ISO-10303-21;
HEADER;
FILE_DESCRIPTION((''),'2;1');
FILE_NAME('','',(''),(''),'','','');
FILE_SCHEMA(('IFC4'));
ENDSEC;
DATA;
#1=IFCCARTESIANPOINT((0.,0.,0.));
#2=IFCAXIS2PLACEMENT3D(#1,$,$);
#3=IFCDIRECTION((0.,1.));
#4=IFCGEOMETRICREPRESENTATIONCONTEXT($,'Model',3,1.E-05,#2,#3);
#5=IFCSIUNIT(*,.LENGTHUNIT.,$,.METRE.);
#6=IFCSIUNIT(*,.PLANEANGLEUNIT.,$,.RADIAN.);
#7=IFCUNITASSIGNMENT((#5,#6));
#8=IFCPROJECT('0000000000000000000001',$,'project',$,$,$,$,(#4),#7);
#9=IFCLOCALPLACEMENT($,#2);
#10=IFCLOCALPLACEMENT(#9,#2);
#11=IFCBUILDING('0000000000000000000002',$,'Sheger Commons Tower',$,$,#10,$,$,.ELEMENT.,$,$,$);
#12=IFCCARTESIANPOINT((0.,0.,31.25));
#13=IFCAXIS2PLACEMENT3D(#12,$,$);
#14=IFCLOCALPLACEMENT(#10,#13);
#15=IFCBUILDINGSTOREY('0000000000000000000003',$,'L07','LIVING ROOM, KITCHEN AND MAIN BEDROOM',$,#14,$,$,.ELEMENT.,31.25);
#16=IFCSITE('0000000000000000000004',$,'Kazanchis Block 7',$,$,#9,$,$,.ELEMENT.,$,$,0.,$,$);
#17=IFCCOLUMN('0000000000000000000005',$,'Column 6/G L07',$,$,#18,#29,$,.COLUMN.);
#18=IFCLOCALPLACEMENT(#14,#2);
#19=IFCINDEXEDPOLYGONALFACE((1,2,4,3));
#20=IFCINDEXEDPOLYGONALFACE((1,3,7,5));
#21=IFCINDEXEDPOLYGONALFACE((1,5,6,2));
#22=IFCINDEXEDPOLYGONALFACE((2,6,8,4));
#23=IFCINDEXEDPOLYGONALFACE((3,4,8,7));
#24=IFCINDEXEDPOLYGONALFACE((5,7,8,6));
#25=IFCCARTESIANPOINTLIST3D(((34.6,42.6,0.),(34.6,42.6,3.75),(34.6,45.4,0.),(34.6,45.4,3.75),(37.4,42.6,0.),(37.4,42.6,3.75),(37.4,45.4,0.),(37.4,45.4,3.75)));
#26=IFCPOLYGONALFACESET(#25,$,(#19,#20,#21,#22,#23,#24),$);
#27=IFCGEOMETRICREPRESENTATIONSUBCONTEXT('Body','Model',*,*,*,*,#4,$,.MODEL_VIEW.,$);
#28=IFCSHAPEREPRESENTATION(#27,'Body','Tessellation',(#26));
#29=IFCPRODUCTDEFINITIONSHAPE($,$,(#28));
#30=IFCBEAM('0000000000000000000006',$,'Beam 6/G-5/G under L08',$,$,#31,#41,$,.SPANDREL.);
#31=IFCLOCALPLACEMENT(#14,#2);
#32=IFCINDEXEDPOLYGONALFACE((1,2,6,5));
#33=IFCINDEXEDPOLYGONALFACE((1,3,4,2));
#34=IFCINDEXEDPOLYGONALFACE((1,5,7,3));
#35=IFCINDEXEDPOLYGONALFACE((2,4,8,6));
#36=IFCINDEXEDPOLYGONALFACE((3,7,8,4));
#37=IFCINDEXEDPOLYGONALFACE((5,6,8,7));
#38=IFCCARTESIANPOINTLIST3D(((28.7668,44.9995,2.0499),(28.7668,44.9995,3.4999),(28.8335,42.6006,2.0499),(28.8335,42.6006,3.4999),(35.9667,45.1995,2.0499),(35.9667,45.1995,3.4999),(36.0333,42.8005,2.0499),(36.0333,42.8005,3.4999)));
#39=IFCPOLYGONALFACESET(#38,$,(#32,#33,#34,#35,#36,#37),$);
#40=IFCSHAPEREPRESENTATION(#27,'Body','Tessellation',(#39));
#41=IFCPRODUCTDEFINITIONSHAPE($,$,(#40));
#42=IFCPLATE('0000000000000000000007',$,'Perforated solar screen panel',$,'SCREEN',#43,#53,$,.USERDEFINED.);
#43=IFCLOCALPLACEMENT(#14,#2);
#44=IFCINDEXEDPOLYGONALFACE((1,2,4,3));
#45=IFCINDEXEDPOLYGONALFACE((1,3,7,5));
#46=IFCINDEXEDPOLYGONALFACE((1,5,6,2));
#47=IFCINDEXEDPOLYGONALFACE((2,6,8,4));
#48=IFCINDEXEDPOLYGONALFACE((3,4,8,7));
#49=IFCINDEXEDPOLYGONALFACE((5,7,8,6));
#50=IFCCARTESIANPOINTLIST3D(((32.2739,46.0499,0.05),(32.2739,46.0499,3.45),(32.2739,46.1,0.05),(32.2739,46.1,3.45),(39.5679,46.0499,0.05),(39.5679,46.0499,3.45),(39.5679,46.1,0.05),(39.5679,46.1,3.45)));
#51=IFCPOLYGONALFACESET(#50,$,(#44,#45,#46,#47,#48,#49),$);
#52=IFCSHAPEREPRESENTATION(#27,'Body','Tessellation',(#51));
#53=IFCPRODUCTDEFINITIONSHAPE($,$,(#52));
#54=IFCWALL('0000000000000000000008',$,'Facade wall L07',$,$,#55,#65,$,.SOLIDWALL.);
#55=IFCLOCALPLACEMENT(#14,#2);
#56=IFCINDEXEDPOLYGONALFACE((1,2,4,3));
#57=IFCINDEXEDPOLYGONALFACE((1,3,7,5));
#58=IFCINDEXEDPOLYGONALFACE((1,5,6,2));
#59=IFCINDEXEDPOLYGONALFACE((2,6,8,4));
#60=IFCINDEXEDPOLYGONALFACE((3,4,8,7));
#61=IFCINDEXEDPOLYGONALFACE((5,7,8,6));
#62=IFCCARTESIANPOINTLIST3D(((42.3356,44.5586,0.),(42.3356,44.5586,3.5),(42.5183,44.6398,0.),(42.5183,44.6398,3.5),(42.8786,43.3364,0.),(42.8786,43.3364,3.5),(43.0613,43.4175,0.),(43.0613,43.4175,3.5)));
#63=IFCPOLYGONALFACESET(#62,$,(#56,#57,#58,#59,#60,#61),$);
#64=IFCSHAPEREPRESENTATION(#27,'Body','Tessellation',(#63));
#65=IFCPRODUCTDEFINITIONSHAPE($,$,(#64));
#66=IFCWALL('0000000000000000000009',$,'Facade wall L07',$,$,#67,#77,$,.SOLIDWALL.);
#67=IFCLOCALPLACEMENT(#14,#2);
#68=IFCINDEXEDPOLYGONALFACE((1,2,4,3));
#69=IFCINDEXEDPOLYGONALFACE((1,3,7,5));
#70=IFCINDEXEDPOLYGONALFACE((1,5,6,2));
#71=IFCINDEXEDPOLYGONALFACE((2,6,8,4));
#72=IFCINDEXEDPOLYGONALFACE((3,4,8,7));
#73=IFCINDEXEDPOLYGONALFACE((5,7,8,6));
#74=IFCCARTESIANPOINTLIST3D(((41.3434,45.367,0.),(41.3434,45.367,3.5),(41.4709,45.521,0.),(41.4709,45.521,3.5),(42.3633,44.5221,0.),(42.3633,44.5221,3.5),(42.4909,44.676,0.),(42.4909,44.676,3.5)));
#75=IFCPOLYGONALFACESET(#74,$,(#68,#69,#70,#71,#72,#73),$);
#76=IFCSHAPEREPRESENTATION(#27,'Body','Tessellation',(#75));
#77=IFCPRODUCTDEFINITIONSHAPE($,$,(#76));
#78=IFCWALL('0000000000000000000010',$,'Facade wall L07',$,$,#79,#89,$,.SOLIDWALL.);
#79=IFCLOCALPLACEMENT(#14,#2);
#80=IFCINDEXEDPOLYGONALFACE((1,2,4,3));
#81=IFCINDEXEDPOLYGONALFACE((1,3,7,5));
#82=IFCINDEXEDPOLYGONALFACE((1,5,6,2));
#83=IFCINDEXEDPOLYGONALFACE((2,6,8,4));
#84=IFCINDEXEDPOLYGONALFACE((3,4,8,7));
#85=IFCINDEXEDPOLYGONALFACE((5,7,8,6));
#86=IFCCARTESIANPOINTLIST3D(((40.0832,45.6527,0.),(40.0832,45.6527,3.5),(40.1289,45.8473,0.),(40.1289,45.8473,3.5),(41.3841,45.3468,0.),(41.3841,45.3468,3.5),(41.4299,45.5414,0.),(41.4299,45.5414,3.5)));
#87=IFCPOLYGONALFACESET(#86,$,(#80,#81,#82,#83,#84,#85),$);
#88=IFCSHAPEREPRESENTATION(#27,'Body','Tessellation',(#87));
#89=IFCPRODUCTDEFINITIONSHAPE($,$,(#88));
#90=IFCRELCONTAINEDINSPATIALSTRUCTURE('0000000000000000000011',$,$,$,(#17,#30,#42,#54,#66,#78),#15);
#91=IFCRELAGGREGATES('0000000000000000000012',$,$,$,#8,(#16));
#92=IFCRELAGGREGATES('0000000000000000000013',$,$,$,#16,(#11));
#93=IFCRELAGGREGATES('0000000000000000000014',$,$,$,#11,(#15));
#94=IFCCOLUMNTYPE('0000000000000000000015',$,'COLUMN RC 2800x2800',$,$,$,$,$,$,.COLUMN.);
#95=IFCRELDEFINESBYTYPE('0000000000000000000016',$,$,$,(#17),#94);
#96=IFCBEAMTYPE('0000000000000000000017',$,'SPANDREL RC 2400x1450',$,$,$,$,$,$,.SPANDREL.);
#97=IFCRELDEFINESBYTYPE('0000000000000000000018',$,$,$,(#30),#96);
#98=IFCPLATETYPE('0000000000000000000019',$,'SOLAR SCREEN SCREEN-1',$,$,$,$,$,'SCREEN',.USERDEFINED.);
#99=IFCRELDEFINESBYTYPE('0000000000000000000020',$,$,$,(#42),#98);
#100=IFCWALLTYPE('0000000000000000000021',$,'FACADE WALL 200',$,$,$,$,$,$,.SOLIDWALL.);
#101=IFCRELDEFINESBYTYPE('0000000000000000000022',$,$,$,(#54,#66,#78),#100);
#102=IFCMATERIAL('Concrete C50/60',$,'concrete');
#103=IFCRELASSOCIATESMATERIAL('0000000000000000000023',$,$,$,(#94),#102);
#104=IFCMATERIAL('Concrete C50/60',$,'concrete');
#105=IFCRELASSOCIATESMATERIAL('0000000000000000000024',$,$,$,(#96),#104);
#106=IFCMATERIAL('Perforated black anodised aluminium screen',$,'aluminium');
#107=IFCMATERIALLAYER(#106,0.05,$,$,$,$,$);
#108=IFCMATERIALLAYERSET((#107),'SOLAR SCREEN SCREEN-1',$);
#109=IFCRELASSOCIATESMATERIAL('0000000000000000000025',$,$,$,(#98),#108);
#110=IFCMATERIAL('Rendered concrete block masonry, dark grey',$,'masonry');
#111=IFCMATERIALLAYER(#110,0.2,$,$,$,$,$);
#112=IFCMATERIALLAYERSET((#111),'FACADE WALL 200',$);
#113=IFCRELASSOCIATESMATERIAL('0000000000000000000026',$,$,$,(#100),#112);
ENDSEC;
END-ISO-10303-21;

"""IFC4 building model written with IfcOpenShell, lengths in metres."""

from ifc_helpers import new_model, si_unit, direction, frame, frame_2d, origin, origin_2d, place, context, subcontext, project, spatial, rectangle, extrude, material, layer, layer_set, material_profile, profile_set, type_object, element, save


model = new_model("IFC4")

# Units and contexts
model_context = context("Model", 3, precision=1e-05, world=origin(), true_north=direction((0.0, 1.0)))
body_context = subcontext(model_context, "Body", "Model", "MODEL_VIEW")
ifc_project = project(units=[si_unit("LENGTHUNIT", "METRE"), si_unit("PLANEANGLEUNIT", "RADIAN")], contexts=[model_context])

# Site, building, storey
site_placement = place(None, origin())
site = spatial("IfcSite", under=ifc_project, at=site_placement, Name="Kazanchis Block 7", CompositionType="ELEMENT", RefElevation=0.0)
building_placement = place(site_placement, origin())
building = spatial("IfcBuilding", under=site, at=building_placement, Name="Sheger Commons Tower", CompositionType="ELEMENT")
storey_placement = place(building_placement, frame((0.0, 0.0, 31.25)))
storey = spatial("IfcBuildingStorey", under=building, at=storey_placement, Name="L07", Description="LIVING ROOM, KITCHEN AND MAIN BEDROOM", CompositionType="ELEMENT", Elevation=31.25)

# Column
ifc_material_1 = material(Name="Concrete C50/60", Category="concrete")
ifc_material_profile_1 = material_profile(ifc_material_1, rectangle(XDim=2.8, YDim=2.8, at=origin_2d()), Name="RC 2800x2800")
ifc_profile_set_1 = profile_set([ifc_material_profile_1], Name="Concrete C50/60")
column_type = type_object("IfcColumnType", Name="COLUMN RC 2800x2800", PredefinedType="COLUMN", material=ifc_profile_set_1)
column_placement = place(storey_placement, frame((36.0, 44.0, 0.0), z_axis=(0.0, 0.0, 1.0), x_axis=(1.0, 0.0, 0.0)))
element("IfcColumn", 1, at=column_placement, inside=storey, type_object=column_type, Name="Column 6/G L07", PredefinedType="COLUMN", context=body_context, shape_type="SweptSolid", body=[
    extrude(rectangle(XDim=2.8, YDim=2.8, at=origin_2d()), origin(), (0.0, 0.0, 1.0), 3.75),
])

# Beam
ifc_material_2 = material(Name="Concrete C50/60", Category="concrete")
ifc_material_profile_2 = material_profile(ifc_material_2, rectangle(XDim=2.3999, YDim=1.45, at=origin_2d()), Name="RC 2400x1450")
ifc_profile_set_2 = profile_set([ifc_material_profile_2], Name="Concrete C50/60")
beam_type = type_object("IfcBeamType", Name="SPANDREL RC 2400x1450", PredefinedType="SPANDREL", material=ifc_profile_set_2)
beam_placement = place(storey_placement, frame((36.0, 44.0, 2.7749), z_axis=(-0.999615, -0.02776, 0.0), x_axis=(0.02776, -0.999615, 0.0)))
element("IfcBeam", 2, at=beam_placement, inside=storey, type_object=beam_type, Name="Beam 6/G-5/G under L08", PredefinedType="SPANDREL", context=body_context, shape_type="SweptSolid", body=[
    extrude(rectangle(XDim=2.3999, YDim=1.45, at=origin_2d()), origin(), (0.0, 0.0, 1.0), 7.2026),
])

# Plate
ifc_material_3 = material(Name="Perforated black anodised aluminium screen", Category="aluminium")
ifc_layer_1 = layer(ifc_material_3, 0.05)
ifc_layer_set_1 = layer_set([ifc_layer_1], Name="SOLAR SCREEN SCREEN-1")
plate_type = type_object("IfcPlateType", Name="SOLAR SCREEN SCREEN-1", ElementType="SCREEN", PredefinedType="USERDEFINED", material=ifc_layer_set_1)
plate_placement = place(storey_placement, frame((35.9209, 46.075, 0.05), z_axis=(0.0, 0.0, 1.0), x_axis=(-1.0, 0.0, 0.0)))
element("IfcPlate", 3, at=plate_placement, inside=storey, type_object=plate_type, Name="Perforated solar screen panel", ObjectType="SCREEN", PredefinedType="USERDEFINED", context=body_context, shape_type="SweptSolid", body=[
    extrude(rectangle(XDim=7.2939, YDim=0.05, at=origin_2d()), origin(), (0.0, 0.0, 1.0), 3.3999),
])

# Walls
ifc_material_4 = material(Name="Rendered concrete block masonry, dark grey", Category="masonry")
ifc_layer_2 = layer(ifc_material_4, 0.2)
ifc_layer_set_2 = layer_set([ifc_layer_2], Name="FACADE WALL 200")
wall_type_1 = type_object("IfcWallType", Name="FACADE WALL 200", PredefinedType="SOLIDWALL", material=ifc_layer_set_2)
wall_1_placement = place(storey_placement, frame((42.97, 43.377, 0.0), z_axis=(0.0, 0.0, 1.0), x_axis=(-0.406003, 0.913872, 0.0)))
element("IfcWall", 4, at=wall_1_placement, inside=storey, type_object=wall_type_1, Name="Facade wall L07", PredefinedType="SOLIDWALL", context=body_context, shape_type="SweptSolid", body=[
    extrude(rectangle(XDim=1.3374, YDim=0.2, at=frame_2d((0.6687, 0.0))), origin(), (0.0, 0.0, 1.0), 3.5),
])
wall_2_placement = place(storey_placement, frame((42.427, 44.5991, 0.0), z_axis=(0.0, 0.0, 1.0), x_axis=(-0.770091, 0.637934, 0.0)))
element("IfcWall", 5, at=wall_2_placement, inside=storey, type_object=wall_type_1, Name="Facade wall L07", PredefinedType="SOLIDWALL", context=body_context, shape_type="SweptSolid", body=[
    extrude(rectangle(XDim=1.3245, YDim=0.2, at=frame_2d((0.6621, 0.0))), origin(), (0.0, 0.0, 1.0), 3.5),
])
wall_3_placement = place(storey_placement, frame((41.407, 45.4441, 0.0), z_axis=(0.0, 0.0, 1.0), x_axis=(-0.973453, 0.228887, 0.0)))
element("IfcWall", 6, at=wall_3_placement, inside=storey, type_object=wall_type_1, Name="Facade wall L07", PredefinedType="SOLIDWALL", context=body_context, shape_type="SweptSolid", body=[
    extrude(rectangle(XDim=1.3364, YDim=0.2, at=frame_2d((0.6682, 0.0))), origin(), (0.0, 0.0, 1.0), 3.5),
])

save(model, "model.ifc")
